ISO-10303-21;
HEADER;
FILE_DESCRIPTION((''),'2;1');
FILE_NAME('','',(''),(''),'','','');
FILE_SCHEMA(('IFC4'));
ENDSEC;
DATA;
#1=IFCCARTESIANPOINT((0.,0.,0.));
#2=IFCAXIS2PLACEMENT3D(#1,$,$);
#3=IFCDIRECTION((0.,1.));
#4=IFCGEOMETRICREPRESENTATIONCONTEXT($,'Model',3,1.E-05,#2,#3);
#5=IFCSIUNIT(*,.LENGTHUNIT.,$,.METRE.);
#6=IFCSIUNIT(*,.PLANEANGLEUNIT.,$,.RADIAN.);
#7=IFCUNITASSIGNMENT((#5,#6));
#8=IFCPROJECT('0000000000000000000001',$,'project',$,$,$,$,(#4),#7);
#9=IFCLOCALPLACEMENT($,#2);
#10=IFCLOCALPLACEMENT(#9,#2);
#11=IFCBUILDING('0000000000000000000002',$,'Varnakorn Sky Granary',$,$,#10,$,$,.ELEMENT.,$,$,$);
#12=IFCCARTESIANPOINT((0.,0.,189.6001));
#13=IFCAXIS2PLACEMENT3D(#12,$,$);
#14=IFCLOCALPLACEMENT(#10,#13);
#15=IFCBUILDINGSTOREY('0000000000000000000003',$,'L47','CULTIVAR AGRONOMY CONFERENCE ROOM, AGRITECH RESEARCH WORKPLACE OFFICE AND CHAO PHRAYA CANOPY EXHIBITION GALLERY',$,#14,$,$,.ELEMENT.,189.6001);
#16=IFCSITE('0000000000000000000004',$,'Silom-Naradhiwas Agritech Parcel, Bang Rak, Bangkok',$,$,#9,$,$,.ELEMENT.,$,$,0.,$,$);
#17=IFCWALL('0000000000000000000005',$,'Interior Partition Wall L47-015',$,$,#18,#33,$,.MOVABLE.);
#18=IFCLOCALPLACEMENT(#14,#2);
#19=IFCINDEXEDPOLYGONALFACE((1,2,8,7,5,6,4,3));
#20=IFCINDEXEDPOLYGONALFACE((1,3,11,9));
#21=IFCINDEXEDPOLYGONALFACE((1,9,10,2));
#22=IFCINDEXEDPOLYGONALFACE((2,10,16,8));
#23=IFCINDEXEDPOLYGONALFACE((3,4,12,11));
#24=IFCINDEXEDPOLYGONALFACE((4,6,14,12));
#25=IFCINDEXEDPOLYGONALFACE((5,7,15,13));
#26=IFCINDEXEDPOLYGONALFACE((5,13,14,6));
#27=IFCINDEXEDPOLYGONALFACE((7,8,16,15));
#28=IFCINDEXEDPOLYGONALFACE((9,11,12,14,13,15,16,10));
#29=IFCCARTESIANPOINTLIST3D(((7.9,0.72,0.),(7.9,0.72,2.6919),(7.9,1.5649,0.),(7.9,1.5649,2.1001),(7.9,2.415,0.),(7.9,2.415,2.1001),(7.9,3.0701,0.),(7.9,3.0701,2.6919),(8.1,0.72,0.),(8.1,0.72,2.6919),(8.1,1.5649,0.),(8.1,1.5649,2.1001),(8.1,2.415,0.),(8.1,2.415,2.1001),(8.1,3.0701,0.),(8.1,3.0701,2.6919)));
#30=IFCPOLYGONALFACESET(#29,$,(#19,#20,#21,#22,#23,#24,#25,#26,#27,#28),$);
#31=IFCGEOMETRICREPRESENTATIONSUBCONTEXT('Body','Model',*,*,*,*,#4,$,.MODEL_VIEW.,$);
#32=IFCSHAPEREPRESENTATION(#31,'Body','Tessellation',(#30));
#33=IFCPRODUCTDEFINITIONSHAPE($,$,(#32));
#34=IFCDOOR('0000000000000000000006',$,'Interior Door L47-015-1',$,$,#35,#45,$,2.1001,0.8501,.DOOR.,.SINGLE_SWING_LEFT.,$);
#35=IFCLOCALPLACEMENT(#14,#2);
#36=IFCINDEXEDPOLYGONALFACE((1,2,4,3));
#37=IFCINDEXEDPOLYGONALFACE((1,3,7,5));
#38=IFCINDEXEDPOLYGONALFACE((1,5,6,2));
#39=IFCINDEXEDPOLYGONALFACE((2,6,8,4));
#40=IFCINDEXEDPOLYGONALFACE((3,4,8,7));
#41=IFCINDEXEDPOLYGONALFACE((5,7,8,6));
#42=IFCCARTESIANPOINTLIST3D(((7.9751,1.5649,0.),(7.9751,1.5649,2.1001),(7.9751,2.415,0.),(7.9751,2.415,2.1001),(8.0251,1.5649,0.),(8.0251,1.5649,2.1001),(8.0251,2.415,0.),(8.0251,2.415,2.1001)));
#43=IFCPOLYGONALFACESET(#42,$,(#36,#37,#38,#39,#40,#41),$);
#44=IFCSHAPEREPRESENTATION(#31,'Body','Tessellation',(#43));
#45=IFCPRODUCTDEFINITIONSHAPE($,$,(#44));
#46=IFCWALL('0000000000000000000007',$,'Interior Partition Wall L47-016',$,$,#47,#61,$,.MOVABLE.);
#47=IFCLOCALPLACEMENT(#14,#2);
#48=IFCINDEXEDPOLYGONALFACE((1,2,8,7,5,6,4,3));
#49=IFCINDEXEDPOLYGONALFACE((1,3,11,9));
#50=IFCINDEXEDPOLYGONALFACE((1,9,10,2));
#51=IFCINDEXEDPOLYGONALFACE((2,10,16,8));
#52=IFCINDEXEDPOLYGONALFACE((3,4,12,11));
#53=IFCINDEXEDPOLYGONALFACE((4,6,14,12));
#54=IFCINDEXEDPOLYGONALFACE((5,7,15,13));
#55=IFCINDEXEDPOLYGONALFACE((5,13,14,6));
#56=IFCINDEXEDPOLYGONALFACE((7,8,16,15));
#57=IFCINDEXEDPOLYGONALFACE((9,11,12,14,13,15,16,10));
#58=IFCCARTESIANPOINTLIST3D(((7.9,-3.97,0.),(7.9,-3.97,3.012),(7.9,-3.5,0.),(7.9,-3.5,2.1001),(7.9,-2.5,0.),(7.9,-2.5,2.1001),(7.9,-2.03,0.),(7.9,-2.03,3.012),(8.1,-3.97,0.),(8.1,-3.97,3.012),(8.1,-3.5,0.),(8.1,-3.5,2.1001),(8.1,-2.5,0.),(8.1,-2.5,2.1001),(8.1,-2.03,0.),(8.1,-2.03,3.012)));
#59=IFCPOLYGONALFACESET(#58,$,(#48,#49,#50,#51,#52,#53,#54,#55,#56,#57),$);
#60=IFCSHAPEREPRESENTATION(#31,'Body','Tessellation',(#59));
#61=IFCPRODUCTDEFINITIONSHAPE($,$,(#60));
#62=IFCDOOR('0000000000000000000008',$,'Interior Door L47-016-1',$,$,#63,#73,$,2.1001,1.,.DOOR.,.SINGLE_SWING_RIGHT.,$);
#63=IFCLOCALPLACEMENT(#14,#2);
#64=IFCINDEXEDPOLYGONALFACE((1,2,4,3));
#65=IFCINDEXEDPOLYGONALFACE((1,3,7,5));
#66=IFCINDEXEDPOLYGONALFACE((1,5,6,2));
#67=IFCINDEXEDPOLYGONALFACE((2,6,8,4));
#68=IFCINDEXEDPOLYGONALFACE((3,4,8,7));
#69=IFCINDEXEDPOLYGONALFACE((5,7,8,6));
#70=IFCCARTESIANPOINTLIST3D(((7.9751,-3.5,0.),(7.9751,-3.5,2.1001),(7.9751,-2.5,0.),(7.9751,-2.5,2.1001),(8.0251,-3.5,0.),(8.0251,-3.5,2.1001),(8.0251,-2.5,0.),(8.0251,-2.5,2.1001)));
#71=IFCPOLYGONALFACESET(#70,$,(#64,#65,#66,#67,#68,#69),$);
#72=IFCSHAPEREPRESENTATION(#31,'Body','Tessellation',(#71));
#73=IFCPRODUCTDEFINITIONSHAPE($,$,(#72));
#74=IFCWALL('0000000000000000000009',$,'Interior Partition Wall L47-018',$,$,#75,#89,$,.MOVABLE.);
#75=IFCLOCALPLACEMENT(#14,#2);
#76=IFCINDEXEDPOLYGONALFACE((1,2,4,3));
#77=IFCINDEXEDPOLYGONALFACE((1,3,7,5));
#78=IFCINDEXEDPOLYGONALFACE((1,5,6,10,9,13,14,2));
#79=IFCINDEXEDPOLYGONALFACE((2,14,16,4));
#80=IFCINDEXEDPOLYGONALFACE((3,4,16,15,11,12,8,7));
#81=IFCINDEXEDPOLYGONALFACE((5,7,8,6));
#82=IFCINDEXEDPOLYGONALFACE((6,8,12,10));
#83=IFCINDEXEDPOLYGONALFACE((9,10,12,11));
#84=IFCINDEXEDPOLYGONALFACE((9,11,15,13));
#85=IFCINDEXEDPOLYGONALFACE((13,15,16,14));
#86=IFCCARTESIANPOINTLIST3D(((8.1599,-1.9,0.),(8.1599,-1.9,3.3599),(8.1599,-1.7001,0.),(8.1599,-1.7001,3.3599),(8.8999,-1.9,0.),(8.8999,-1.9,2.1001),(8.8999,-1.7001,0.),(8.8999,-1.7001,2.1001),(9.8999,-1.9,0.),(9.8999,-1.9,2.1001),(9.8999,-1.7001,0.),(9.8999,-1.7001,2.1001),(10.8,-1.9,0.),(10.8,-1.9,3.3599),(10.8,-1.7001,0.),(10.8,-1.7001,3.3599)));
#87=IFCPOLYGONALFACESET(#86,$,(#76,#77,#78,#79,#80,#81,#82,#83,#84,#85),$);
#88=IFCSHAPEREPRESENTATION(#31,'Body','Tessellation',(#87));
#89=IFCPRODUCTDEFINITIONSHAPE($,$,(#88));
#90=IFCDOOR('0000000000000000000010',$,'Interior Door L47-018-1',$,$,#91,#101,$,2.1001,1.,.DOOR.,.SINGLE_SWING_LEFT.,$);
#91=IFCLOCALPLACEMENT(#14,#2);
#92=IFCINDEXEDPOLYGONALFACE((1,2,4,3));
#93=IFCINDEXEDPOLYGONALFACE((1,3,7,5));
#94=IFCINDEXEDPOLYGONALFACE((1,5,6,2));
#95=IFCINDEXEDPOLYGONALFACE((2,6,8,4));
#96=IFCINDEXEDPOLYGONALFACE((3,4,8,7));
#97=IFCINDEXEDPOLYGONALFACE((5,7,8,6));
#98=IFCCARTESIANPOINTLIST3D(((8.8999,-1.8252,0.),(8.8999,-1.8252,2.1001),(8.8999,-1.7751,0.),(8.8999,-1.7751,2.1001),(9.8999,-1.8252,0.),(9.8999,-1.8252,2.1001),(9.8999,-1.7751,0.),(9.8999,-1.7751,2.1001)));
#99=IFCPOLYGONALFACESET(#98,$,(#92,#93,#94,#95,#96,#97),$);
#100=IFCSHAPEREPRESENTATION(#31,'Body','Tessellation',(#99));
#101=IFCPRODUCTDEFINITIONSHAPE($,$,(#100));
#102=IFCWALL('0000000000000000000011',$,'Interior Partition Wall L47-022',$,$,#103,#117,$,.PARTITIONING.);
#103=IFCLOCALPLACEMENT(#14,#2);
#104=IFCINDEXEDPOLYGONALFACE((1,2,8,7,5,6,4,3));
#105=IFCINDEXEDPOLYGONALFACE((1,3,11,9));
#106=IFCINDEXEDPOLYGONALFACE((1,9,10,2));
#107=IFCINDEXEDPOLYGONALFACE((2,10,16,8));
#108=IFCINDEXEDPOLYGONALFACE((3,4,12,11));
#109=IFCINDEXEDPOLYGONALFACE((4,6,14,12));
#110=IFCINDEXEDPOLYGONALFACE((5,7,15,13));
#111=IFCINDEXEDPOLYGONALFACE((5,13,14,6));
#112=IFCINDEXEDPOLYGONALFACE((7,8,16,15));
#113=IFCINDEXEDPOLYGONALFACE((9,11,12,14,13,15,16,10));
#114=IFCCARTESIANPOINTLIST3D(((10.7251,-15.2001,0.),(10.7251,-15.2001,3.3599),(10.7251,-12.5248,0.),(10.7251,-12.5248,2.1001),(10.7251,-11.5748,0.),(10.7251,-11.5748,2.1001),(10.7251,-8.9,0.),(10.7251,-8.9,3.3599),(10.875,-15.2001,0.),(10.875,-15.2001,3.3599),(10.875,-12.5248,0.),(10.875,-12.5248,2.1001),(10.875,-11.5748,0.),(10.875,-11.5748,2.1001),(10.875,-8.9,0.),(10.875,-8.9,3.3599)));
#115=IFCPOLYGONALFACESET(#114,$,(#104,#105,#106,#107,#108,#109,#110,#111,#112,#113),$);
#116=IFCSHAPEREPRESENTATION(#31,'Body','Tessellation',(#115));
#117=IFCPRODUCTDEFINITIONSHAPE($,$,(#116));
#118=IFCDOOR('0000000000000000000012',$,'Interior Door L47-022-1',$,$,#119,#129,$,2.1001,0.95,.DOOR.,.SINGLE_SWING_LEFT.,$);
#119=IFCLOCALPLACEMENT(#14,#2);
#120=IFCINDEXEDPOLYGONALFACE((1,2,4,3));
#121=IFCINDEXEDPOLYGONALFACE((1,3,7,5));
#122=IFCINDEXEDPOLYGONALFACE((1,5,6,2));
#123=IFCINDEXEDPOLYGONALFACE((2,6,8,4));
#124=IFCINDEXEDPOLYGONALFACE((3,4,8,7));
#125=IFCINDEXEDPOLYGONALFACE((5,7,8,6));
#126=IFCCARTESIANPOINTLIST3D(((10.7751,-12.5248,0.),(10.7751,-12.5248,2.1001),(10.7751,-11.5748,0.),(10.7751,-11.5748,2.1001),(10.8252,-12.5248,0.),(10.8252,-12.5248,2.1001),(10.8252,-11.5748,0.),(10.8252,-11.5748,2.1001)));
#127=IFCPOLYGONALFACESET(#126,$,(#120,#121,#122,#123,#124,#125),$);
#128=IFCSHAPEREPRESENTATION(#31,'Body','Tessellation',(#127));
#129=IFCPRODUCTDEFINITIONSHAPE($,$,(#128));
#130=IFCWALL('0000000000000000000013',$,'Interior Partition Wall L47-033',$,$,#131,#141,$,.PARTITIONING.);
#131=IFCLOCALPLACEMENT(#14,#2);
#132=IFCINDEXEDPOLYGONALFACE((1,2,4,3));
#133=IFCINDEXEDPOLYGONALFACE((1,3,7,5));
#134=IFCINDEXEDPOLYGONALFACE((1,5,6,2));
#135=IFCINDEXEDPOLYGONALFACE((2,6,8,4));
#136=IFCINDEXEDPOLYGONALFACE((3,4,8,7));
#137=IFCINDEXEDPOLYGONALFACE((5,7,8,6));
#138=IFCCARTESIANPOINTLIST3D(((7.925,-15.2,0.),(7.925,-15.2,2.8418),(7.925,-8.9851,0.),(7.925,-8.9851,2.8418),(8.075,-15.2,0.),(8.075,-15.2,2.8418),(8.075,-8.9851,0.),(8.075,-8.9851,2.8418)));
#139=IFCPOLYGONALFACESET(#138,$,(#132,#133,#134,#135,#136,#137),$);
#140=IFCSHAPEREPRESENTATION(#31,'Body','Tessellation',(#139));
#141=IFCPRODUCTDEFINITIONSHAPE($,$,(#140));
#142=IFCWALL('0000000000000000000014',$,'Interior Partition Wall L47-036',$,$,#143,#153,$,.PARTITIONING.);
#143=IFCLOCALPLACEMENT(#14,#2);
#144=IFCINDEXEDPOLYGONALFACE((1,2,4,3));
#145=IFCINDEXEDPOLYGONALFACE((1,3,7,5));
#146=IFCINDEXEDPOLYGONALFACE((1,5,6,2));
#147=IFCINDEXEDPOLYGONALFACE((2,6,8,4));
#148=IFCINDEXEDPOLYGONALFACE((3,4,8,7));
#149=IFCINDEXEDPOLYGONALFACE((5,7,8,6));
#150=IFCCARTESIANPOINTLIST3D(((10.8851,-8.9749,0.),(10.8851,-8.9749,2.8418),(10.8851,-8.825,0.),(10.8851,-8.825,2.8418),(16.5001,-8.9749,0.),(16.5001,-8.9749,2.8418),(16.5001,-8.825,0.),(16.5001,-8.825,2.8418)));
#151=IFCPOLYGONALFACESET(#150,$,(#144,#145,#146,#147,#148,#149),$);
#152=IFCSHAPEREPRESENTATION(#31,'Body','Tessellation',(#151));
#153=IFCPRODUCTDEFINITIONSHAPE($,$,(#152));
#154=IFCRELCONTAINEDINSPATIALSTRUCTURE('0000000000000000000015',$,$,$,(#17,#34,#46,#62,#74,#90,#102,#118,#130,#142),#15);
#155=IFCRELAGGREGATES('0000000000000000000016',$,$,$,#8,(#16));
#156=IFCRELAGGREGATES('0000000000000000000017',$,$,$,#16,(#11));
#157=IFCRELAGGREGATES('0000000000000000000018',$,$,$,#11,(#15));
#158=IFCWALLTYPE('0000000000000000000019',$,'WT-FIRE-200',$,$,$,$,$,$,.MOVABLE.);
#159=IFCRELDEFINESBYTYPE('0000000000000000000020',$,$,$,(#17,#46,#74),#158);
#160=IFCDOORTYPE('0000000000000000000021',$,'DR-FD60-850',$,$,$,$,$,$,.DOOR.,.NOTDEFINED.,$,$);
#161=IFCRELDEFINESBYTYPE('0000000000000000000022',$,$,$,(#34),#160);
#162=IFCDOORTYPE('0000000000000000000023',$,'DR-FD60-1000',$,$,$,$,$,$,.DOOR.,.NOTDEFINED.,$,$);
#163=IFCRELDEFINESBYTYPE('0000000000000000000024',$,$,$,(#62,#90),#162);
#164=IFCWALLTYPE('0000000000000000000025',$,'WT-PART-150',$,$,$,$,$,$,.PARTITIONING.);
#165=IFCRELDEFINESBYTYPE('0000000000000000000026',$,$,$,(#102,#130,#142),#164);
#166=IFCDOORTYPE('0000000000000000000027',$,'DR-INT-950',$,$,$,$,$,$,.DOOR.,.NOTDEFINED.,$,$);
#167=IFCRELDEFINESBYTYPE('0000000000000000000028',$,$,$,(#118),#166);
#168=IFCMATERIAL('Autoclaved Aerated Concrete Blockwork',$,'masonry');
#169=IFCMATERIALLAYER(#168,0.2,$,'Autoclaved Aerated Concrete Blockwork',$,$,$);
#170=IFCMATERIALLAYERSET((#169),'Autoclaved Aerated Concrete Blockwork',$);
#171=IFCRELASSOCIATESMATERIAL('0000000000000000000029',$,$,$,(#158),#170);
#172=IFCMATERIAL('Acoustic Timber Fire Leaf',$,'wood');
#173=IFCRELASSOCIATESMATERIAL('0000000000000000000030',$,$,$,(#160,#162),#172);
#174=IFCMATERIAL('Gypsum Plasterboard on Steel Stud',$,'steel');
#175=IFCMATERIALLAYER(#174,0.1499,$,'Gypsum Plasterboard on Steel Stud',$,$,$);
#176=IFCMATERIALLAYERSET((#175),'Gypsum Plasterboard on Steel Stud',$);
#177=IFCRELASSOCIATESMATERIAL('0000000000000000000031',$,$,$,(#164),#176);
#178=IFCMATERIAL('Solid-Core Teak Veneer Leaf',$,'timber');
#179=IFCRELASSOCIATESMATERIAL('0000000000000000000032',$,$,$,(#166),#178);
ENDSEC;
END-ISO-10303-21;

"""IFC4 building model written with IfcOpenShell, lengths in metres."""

from ifc_helpers import new_model, si_unit, direction, frame, frame_2d, origin, place, context, subcontext, project, spatial, rectangle, extrude, material, layer, layer_set, type_object, element, fill, save


model = new_model("IFC4")

# Units and contexts
model_context = context("Model", 3, precision=1e-05, world=origin(), true_north=direction((0.0, 1.0)))
body_context = subcontext(model_context, "Body", "Model", "MODEL_VIEW")
ifc_project = project(units=[si_unit("LENGTHUNIT", "METRE"), si_unit("PLANEANGLEUNIT", "RADIAN")], contexts=[model_context])

# Site, building, storey
site_placement = place(None, origin())
site = spatial("IfcSite", under=ifc_project, at=site_placement, Name="Silom-Naradhiwas Agritech Parcel, Bang Rak, Bangkok", CompositionType="ELEMENT", RefElevation=0.0)
building_placement = place(site_placement, origin())
building = spatial("IfcBuilding", under=site, at=building_placement, Name="Varnakorn Sky Granary", CompositionType="ELEMENT")
storey_placement = place(building_placement, frame((0.0, 0.0, 189.6001)))
storey = spatial("IfcBuildingStorey", under=building, at=storey_placement, Name="L47", Description="CULTIVAR AGRONOMY CONFERENCE ROOM, AGRITECH RESEARCH WORKPLACE OFFICE AND CHAO PHRAYA CANOPY EXHIBITION GALLERY", CompositionType="ELEMENT", Elevation=189.6001)

# Walls, openings, doors
ifc_material_1 = material(Name="Autoclaved Aerated Concrete Blockwork", Category="masonry")
ifc_layer_1 = layer(ifc_material_1, 0.2, Name="Autoclaved Aerated Concrete Blockwork")
ifc_layer_set_1 = layer_set([ifc_layer_1], Name="Autoclaved Aerated Concrete Blockwork")
wall_type_1 = type_object("IfcWallType", Name="WT-FIRE-200", PredefinedType="MOVABLE", material=ifc_layer_set_1)
wall_1_placement = place(storey_placement, frame((8.0, 0.72, 0.0), z_axis=(0.0, 0.0, 1.0), x_axis=(0.0, 1.0, 0.0)))
wall_1 = element("IfcWall", 1, at=wall_1_placement, inside=storey, type_object=wall_type_1, Name="Interior Partition Wall L47-015", PredefinedType="MOVABLE", context=body_context, shape_type="SweptSolid", body=[
    extrude(rectangle(XDim=2.3501, YDim=0.2, at=frame_2d((1.175, 0.0))), origin(), (0.0, 0.0, 1.0), 2.6919),
])
opening_1_placement = place(wall_1_placement, frame((0.845, 0.0, 0.0)))
opening_1 = element("IfcOpeningElement", 2, at=opening_1_placement, cuts=wall_1, PredefinedType="OPENING", context=body_context, shape_type="SweptSolid", body=[
    extrude(rectangle(XDim=0.8501, YDim=2.1001, at=frame_2d((0.425, 1.05))), frame((0.0, 0.1099, 0.0), z_axis=(0.0, -1.0, 0.0), x_axis=(1.0, 0.0, 0.0)), (0.0, 0.0, 1.0), 0.22),
])
ifc_material_2 = material(Name="Acoustic Timber Fire Leaf", Category="wood")
door_type_1 = type_object("IfcDoorType", Name="DR-FD60-850", OperationType="NOTDEFINED", PredefinedType="DOOR", material=ifc_material_2)
door_1_placement = place(opening_1_placement, origin())
door_1 = element("IfcDoor", 3, at=door_1_placement, inside=storey, type_object=door_type_1, Name="Interior Door L47-015-1", OperationType="SINGLE_SWING_LEFT", OverallHeight=2.1001, OverallWidth=0.8501, PredefinedType="DOOR", context=body_context, shape_type="SweptSolid", body=[
    extrude(rectangle(XDim=0.8501, YDim=2.1001, at=frame_2d((0.425, 1.05))), frame((0.0, 0.0249, 0.0), z_axis=(0.0, -1.0, 0.0), x_axis=(1.0, 0.0, 0.0)), (0.0, 0.0, 1.0), 0.05),
])
fill(opening_1, door_1)
wall_2_placement = place(storey_placement, frame((8.0, -3.97, 0.0), z_axis=(0.0, 0.0, 1.0), x_axis=(0.0, 1.0, 0.0)))
wall_2 = element("IfcWall", 4, at=wall_2_placement, inside=storey, type_object=wall_type_1, Name="Interior Partition Wall L47-016", PredefinedType="MOVABLE", context=body_context, shape_type="SweptSolid", body=[
    extrude(rectangle(XDim=1.9399, YDim=0.2, at=frame_2d((0.97, 0.0))), origin(), (0.0, 0.0, 1.0), 3.012),
])
opening_2_placement = place(wall_2_placement, frame((0.47, 0.0, 0.0)))
opening_2 = element("IfcOpeningElement", 5, at=opening_2_placement, cuts=wall_2, PredefinedType="OPENING", context=body_context, shape_type="SweptSolid", body=[
    extrude(rectangle(XDim=1.0, YDim=2.1001, at=frame_2d((0.5, 1.05))), frame((0.0, 0.1099, 0.0), z_axis=(0.0, -1.0, 0.0), x_axis=(1.0, 0.0, 0.0)), (0.0, 0.0, 1.0), 0.22),
])
door_type_2 = type_object("IfcDoorType", Name="DR-FD60-1000", OperationType="NOTDEFINED", PredefinedType="DOOR", material=ifc_material_2)
door_2_placement = place(opening_2_placement, origin())
door_2 = element("IfcDoor", 6, at=door_2_placement, inside=storey, type_object=door_type_2, Name="Interior Door L47-016-1", OperationType="SINGLE_SWING_RIGHT", OverallHeight=2.1001, OverallWidth=1.0, PredefinedType="DOOR", context=body_context, shape_type="SweptSolid", body=[
    extrude(rectangle(XDim=1.0, YDim=2.1001, at=frame_2d((0.5, 1.05))), frame((0.0, 0.0249, 0.0), z_axis=(0.0, -1.0, 0.0), x_axis=(1.0, 0.0, 0.0)), (0.0, 0.0, 1.0), 0.05),
])
fill(opening_2, door_2)
wall_3_placement = place(storey_placement, frame((8.1599, -1.8, 0.0), z_axis=(0.0, 0.0, 1.0), x_axis=(1.0, 0.0, 0.0)))
wall_3 = element("IfcWall", 7, at=wall_3_placement, inside=storey, type_object=wall_type_1, Name="Interior Partition Wall L47-018", PredefinedType="MOVABLE", context=body_context, shape_type="SweptSolid", body=[
    extrude(rectangle(XDim=2.6401, YDim=0.2, at=frame_2d((1.3201, 0.0))), origin(), (0.0, 0.0, 1.0), 3.3599),
])
opening_3_placement = place(wall_3_placement, frame((0.74, 0.0, 0.0)))
opening_3 = element("IfcOpeningElement", 8, at=opening_3_placement, cuts=wall_3, PredefinedType="OPENING", context=body_context, shape_type="SweptSolid", body=[
    extrude(rectangle(XDim=1.0, YDim=2.1001, at=frame_2d((0.5, 1.05))), frame((0.0, 0.1099, 0.0), z_axis=(0.0, -1.0, 0.0), x_axis=(1.0, 0.0, 0.0)), (0.0, 0.0, 1.0), 0.22),
])
door_3_placement = place(opening_3_placement, origin())
door_3 = element("IfcDoor", 9, at=door_3_placement, inside=storey, type_object=door_type_2, Name="Interior Door L47-018-1", OperationType="SINGLE_SWING_LEFT", OverallHeight=2.1001, OverallWidth=1.0, PredefinedType="DOOR", context=body_context, shape_type="SweptSolid", body=[
    extrude(rectangle(XDim=1.0, YDim=2.1001, at=frame_2d((0.5, 1.05))), frame((0.0, 0.0249, 0.0), z_axis=(0.0, -1.0, 0.0), x_axis=(1.0, 0.0, 0.0)), (0.0, 0.0, 1.0), 0.05),
])
fill(opening_3, door_3)
ifc_material_3 = material(Name="Gypsum Plasterboard on Steel Stud", Category="steel")
ifc_layer_2 = layer(ifc_material_3, 0.1499, Name="Gypsum Plasterboard on Steel Stud")
ifc_layer_set_2 = layer_set([ifc_layer_2], Name="Gypsum Plasterboard on Steel Stud")
wall_type_2 = type_object("IfcWallType", Name="WT-PART-150", PredefinedType="PARTITIONING", material=ifc_layer_set_2)
wall_4_placement = place(storey_placement, frame((10.8, -15.2, 0.0), z_axis=(0.0, 0.0, 1.0), x_axis=(0.0, 1.0, 0.0)))
wall_4 = element("IfcWall", 10, at=wall_4_placement, inside=storey, type_object=wall_type_2, Name="Interior Partition Wall L47-022", PredefinedType="PARTITIONING", context=body_context, shape_type="SweptSolid", body=[
    extrude(rectangle(XDim=6.3, YDim=0.1499, at=frame_2d((3.1499, 0.0))), origin(), (0.0, 0.0, 1.0), 3.3599),
])
opening_4_placement = place(wall_4_placement, frame((2.675, 0.0, 0.0)))
opening_4 = element("IfcOpeningElement", 11, at=opening_4_placement, cuts=wall_4, PredefinedType="OPENING", context=body_context, shape_type="SweptSolid", body=[
    extrude(rectangle(XDim=0.95, YDim=2.1001, at=frame_2d((0.4751, 1.05))), frame((0.0, 0.085, 0.0), z_axis=(0.0, -1.0, 0.0), x_axis=(1.0, 0.0, 0.0)), (0.0, 0.0, 1.0), 0.1699),
])
ifc_material_4 = material(Name="Solid-Core Teak Veneer Leaf", Category="timber")
door_type_3 = type_object("IfcDoorType", Name="DR-INT-950", OperationType="NOTDEFINED", PredefinedType="DOOR", material=ifc_material_4)
door_4_placement = place(opening_4_placement, origin())
door_4 = element("IfcDoor", 12, at=door_4_placement, inside=storey, type_object=door_type_3, Name="Interior Door L47-022-1", OperationType="SINGLE_SWING_LEFT", OverallHeight=2.1001, OverallWidth=0.95, PredefinedType="DOOR", context=body_context, shape_type="SweptSolid", body=[
    extrude(rectangle(XDim=0.95, YDim=2.1001, at=frame_2d((0.4751, 1.05))), frame((0.0, 0.0249, 0.0), z_axis=(0.0, -1.0, 0.0), x_axis=(1.0, 0.0, 0.0)), (0.0, 0.0, 1.0), 0.05),
])
fill(opening_4, door_4)

# Walls
wall_5_placement = place(storey_placement, frame((8.0, -8.9851, 0.0), z_axis=(0.0, 0.0, 1.0), x_axis=(0.0, -1.0, 0.0)))
element("IfcWall", 13, at=wall_5_placement, inside=storey, type_object=wall_type_2, Name="Interior Partition Wall L47-033", PredefinedType="PARTITIONING", context=body_context, shape_type="SweptSolid", body=[
    extrude(rectangle(XDim=6.2148, YDim=0.1499, at=frame_2d((3.1074, 0.0))), origin(), (0.0, 0.0, 1.0), 2.8418),
])
wall_6_placement = place(storey_placement, frame((10.885, -8.8999, 0.0), z_axis=(0.0, 0.0, 1.0), x_axis=(1.0, 0.0, 0.0)))
element("IfcWall", 14, at=wall_6_placement, inside=storey, type_object=wall_type_2, Name="Interior Partition Wall L47-036", PredefinedType="PARTITIONING", context=body_context, shape_type="SweptSolid", body=[
    extrude(rectangle(XDim=5.615, YDim=0.1499, at=frame_2d((2.8076, 0.0))), origin(), (0.0, 0.0, 1.0), 2.8418),
])

save(model, "model.ifc")
